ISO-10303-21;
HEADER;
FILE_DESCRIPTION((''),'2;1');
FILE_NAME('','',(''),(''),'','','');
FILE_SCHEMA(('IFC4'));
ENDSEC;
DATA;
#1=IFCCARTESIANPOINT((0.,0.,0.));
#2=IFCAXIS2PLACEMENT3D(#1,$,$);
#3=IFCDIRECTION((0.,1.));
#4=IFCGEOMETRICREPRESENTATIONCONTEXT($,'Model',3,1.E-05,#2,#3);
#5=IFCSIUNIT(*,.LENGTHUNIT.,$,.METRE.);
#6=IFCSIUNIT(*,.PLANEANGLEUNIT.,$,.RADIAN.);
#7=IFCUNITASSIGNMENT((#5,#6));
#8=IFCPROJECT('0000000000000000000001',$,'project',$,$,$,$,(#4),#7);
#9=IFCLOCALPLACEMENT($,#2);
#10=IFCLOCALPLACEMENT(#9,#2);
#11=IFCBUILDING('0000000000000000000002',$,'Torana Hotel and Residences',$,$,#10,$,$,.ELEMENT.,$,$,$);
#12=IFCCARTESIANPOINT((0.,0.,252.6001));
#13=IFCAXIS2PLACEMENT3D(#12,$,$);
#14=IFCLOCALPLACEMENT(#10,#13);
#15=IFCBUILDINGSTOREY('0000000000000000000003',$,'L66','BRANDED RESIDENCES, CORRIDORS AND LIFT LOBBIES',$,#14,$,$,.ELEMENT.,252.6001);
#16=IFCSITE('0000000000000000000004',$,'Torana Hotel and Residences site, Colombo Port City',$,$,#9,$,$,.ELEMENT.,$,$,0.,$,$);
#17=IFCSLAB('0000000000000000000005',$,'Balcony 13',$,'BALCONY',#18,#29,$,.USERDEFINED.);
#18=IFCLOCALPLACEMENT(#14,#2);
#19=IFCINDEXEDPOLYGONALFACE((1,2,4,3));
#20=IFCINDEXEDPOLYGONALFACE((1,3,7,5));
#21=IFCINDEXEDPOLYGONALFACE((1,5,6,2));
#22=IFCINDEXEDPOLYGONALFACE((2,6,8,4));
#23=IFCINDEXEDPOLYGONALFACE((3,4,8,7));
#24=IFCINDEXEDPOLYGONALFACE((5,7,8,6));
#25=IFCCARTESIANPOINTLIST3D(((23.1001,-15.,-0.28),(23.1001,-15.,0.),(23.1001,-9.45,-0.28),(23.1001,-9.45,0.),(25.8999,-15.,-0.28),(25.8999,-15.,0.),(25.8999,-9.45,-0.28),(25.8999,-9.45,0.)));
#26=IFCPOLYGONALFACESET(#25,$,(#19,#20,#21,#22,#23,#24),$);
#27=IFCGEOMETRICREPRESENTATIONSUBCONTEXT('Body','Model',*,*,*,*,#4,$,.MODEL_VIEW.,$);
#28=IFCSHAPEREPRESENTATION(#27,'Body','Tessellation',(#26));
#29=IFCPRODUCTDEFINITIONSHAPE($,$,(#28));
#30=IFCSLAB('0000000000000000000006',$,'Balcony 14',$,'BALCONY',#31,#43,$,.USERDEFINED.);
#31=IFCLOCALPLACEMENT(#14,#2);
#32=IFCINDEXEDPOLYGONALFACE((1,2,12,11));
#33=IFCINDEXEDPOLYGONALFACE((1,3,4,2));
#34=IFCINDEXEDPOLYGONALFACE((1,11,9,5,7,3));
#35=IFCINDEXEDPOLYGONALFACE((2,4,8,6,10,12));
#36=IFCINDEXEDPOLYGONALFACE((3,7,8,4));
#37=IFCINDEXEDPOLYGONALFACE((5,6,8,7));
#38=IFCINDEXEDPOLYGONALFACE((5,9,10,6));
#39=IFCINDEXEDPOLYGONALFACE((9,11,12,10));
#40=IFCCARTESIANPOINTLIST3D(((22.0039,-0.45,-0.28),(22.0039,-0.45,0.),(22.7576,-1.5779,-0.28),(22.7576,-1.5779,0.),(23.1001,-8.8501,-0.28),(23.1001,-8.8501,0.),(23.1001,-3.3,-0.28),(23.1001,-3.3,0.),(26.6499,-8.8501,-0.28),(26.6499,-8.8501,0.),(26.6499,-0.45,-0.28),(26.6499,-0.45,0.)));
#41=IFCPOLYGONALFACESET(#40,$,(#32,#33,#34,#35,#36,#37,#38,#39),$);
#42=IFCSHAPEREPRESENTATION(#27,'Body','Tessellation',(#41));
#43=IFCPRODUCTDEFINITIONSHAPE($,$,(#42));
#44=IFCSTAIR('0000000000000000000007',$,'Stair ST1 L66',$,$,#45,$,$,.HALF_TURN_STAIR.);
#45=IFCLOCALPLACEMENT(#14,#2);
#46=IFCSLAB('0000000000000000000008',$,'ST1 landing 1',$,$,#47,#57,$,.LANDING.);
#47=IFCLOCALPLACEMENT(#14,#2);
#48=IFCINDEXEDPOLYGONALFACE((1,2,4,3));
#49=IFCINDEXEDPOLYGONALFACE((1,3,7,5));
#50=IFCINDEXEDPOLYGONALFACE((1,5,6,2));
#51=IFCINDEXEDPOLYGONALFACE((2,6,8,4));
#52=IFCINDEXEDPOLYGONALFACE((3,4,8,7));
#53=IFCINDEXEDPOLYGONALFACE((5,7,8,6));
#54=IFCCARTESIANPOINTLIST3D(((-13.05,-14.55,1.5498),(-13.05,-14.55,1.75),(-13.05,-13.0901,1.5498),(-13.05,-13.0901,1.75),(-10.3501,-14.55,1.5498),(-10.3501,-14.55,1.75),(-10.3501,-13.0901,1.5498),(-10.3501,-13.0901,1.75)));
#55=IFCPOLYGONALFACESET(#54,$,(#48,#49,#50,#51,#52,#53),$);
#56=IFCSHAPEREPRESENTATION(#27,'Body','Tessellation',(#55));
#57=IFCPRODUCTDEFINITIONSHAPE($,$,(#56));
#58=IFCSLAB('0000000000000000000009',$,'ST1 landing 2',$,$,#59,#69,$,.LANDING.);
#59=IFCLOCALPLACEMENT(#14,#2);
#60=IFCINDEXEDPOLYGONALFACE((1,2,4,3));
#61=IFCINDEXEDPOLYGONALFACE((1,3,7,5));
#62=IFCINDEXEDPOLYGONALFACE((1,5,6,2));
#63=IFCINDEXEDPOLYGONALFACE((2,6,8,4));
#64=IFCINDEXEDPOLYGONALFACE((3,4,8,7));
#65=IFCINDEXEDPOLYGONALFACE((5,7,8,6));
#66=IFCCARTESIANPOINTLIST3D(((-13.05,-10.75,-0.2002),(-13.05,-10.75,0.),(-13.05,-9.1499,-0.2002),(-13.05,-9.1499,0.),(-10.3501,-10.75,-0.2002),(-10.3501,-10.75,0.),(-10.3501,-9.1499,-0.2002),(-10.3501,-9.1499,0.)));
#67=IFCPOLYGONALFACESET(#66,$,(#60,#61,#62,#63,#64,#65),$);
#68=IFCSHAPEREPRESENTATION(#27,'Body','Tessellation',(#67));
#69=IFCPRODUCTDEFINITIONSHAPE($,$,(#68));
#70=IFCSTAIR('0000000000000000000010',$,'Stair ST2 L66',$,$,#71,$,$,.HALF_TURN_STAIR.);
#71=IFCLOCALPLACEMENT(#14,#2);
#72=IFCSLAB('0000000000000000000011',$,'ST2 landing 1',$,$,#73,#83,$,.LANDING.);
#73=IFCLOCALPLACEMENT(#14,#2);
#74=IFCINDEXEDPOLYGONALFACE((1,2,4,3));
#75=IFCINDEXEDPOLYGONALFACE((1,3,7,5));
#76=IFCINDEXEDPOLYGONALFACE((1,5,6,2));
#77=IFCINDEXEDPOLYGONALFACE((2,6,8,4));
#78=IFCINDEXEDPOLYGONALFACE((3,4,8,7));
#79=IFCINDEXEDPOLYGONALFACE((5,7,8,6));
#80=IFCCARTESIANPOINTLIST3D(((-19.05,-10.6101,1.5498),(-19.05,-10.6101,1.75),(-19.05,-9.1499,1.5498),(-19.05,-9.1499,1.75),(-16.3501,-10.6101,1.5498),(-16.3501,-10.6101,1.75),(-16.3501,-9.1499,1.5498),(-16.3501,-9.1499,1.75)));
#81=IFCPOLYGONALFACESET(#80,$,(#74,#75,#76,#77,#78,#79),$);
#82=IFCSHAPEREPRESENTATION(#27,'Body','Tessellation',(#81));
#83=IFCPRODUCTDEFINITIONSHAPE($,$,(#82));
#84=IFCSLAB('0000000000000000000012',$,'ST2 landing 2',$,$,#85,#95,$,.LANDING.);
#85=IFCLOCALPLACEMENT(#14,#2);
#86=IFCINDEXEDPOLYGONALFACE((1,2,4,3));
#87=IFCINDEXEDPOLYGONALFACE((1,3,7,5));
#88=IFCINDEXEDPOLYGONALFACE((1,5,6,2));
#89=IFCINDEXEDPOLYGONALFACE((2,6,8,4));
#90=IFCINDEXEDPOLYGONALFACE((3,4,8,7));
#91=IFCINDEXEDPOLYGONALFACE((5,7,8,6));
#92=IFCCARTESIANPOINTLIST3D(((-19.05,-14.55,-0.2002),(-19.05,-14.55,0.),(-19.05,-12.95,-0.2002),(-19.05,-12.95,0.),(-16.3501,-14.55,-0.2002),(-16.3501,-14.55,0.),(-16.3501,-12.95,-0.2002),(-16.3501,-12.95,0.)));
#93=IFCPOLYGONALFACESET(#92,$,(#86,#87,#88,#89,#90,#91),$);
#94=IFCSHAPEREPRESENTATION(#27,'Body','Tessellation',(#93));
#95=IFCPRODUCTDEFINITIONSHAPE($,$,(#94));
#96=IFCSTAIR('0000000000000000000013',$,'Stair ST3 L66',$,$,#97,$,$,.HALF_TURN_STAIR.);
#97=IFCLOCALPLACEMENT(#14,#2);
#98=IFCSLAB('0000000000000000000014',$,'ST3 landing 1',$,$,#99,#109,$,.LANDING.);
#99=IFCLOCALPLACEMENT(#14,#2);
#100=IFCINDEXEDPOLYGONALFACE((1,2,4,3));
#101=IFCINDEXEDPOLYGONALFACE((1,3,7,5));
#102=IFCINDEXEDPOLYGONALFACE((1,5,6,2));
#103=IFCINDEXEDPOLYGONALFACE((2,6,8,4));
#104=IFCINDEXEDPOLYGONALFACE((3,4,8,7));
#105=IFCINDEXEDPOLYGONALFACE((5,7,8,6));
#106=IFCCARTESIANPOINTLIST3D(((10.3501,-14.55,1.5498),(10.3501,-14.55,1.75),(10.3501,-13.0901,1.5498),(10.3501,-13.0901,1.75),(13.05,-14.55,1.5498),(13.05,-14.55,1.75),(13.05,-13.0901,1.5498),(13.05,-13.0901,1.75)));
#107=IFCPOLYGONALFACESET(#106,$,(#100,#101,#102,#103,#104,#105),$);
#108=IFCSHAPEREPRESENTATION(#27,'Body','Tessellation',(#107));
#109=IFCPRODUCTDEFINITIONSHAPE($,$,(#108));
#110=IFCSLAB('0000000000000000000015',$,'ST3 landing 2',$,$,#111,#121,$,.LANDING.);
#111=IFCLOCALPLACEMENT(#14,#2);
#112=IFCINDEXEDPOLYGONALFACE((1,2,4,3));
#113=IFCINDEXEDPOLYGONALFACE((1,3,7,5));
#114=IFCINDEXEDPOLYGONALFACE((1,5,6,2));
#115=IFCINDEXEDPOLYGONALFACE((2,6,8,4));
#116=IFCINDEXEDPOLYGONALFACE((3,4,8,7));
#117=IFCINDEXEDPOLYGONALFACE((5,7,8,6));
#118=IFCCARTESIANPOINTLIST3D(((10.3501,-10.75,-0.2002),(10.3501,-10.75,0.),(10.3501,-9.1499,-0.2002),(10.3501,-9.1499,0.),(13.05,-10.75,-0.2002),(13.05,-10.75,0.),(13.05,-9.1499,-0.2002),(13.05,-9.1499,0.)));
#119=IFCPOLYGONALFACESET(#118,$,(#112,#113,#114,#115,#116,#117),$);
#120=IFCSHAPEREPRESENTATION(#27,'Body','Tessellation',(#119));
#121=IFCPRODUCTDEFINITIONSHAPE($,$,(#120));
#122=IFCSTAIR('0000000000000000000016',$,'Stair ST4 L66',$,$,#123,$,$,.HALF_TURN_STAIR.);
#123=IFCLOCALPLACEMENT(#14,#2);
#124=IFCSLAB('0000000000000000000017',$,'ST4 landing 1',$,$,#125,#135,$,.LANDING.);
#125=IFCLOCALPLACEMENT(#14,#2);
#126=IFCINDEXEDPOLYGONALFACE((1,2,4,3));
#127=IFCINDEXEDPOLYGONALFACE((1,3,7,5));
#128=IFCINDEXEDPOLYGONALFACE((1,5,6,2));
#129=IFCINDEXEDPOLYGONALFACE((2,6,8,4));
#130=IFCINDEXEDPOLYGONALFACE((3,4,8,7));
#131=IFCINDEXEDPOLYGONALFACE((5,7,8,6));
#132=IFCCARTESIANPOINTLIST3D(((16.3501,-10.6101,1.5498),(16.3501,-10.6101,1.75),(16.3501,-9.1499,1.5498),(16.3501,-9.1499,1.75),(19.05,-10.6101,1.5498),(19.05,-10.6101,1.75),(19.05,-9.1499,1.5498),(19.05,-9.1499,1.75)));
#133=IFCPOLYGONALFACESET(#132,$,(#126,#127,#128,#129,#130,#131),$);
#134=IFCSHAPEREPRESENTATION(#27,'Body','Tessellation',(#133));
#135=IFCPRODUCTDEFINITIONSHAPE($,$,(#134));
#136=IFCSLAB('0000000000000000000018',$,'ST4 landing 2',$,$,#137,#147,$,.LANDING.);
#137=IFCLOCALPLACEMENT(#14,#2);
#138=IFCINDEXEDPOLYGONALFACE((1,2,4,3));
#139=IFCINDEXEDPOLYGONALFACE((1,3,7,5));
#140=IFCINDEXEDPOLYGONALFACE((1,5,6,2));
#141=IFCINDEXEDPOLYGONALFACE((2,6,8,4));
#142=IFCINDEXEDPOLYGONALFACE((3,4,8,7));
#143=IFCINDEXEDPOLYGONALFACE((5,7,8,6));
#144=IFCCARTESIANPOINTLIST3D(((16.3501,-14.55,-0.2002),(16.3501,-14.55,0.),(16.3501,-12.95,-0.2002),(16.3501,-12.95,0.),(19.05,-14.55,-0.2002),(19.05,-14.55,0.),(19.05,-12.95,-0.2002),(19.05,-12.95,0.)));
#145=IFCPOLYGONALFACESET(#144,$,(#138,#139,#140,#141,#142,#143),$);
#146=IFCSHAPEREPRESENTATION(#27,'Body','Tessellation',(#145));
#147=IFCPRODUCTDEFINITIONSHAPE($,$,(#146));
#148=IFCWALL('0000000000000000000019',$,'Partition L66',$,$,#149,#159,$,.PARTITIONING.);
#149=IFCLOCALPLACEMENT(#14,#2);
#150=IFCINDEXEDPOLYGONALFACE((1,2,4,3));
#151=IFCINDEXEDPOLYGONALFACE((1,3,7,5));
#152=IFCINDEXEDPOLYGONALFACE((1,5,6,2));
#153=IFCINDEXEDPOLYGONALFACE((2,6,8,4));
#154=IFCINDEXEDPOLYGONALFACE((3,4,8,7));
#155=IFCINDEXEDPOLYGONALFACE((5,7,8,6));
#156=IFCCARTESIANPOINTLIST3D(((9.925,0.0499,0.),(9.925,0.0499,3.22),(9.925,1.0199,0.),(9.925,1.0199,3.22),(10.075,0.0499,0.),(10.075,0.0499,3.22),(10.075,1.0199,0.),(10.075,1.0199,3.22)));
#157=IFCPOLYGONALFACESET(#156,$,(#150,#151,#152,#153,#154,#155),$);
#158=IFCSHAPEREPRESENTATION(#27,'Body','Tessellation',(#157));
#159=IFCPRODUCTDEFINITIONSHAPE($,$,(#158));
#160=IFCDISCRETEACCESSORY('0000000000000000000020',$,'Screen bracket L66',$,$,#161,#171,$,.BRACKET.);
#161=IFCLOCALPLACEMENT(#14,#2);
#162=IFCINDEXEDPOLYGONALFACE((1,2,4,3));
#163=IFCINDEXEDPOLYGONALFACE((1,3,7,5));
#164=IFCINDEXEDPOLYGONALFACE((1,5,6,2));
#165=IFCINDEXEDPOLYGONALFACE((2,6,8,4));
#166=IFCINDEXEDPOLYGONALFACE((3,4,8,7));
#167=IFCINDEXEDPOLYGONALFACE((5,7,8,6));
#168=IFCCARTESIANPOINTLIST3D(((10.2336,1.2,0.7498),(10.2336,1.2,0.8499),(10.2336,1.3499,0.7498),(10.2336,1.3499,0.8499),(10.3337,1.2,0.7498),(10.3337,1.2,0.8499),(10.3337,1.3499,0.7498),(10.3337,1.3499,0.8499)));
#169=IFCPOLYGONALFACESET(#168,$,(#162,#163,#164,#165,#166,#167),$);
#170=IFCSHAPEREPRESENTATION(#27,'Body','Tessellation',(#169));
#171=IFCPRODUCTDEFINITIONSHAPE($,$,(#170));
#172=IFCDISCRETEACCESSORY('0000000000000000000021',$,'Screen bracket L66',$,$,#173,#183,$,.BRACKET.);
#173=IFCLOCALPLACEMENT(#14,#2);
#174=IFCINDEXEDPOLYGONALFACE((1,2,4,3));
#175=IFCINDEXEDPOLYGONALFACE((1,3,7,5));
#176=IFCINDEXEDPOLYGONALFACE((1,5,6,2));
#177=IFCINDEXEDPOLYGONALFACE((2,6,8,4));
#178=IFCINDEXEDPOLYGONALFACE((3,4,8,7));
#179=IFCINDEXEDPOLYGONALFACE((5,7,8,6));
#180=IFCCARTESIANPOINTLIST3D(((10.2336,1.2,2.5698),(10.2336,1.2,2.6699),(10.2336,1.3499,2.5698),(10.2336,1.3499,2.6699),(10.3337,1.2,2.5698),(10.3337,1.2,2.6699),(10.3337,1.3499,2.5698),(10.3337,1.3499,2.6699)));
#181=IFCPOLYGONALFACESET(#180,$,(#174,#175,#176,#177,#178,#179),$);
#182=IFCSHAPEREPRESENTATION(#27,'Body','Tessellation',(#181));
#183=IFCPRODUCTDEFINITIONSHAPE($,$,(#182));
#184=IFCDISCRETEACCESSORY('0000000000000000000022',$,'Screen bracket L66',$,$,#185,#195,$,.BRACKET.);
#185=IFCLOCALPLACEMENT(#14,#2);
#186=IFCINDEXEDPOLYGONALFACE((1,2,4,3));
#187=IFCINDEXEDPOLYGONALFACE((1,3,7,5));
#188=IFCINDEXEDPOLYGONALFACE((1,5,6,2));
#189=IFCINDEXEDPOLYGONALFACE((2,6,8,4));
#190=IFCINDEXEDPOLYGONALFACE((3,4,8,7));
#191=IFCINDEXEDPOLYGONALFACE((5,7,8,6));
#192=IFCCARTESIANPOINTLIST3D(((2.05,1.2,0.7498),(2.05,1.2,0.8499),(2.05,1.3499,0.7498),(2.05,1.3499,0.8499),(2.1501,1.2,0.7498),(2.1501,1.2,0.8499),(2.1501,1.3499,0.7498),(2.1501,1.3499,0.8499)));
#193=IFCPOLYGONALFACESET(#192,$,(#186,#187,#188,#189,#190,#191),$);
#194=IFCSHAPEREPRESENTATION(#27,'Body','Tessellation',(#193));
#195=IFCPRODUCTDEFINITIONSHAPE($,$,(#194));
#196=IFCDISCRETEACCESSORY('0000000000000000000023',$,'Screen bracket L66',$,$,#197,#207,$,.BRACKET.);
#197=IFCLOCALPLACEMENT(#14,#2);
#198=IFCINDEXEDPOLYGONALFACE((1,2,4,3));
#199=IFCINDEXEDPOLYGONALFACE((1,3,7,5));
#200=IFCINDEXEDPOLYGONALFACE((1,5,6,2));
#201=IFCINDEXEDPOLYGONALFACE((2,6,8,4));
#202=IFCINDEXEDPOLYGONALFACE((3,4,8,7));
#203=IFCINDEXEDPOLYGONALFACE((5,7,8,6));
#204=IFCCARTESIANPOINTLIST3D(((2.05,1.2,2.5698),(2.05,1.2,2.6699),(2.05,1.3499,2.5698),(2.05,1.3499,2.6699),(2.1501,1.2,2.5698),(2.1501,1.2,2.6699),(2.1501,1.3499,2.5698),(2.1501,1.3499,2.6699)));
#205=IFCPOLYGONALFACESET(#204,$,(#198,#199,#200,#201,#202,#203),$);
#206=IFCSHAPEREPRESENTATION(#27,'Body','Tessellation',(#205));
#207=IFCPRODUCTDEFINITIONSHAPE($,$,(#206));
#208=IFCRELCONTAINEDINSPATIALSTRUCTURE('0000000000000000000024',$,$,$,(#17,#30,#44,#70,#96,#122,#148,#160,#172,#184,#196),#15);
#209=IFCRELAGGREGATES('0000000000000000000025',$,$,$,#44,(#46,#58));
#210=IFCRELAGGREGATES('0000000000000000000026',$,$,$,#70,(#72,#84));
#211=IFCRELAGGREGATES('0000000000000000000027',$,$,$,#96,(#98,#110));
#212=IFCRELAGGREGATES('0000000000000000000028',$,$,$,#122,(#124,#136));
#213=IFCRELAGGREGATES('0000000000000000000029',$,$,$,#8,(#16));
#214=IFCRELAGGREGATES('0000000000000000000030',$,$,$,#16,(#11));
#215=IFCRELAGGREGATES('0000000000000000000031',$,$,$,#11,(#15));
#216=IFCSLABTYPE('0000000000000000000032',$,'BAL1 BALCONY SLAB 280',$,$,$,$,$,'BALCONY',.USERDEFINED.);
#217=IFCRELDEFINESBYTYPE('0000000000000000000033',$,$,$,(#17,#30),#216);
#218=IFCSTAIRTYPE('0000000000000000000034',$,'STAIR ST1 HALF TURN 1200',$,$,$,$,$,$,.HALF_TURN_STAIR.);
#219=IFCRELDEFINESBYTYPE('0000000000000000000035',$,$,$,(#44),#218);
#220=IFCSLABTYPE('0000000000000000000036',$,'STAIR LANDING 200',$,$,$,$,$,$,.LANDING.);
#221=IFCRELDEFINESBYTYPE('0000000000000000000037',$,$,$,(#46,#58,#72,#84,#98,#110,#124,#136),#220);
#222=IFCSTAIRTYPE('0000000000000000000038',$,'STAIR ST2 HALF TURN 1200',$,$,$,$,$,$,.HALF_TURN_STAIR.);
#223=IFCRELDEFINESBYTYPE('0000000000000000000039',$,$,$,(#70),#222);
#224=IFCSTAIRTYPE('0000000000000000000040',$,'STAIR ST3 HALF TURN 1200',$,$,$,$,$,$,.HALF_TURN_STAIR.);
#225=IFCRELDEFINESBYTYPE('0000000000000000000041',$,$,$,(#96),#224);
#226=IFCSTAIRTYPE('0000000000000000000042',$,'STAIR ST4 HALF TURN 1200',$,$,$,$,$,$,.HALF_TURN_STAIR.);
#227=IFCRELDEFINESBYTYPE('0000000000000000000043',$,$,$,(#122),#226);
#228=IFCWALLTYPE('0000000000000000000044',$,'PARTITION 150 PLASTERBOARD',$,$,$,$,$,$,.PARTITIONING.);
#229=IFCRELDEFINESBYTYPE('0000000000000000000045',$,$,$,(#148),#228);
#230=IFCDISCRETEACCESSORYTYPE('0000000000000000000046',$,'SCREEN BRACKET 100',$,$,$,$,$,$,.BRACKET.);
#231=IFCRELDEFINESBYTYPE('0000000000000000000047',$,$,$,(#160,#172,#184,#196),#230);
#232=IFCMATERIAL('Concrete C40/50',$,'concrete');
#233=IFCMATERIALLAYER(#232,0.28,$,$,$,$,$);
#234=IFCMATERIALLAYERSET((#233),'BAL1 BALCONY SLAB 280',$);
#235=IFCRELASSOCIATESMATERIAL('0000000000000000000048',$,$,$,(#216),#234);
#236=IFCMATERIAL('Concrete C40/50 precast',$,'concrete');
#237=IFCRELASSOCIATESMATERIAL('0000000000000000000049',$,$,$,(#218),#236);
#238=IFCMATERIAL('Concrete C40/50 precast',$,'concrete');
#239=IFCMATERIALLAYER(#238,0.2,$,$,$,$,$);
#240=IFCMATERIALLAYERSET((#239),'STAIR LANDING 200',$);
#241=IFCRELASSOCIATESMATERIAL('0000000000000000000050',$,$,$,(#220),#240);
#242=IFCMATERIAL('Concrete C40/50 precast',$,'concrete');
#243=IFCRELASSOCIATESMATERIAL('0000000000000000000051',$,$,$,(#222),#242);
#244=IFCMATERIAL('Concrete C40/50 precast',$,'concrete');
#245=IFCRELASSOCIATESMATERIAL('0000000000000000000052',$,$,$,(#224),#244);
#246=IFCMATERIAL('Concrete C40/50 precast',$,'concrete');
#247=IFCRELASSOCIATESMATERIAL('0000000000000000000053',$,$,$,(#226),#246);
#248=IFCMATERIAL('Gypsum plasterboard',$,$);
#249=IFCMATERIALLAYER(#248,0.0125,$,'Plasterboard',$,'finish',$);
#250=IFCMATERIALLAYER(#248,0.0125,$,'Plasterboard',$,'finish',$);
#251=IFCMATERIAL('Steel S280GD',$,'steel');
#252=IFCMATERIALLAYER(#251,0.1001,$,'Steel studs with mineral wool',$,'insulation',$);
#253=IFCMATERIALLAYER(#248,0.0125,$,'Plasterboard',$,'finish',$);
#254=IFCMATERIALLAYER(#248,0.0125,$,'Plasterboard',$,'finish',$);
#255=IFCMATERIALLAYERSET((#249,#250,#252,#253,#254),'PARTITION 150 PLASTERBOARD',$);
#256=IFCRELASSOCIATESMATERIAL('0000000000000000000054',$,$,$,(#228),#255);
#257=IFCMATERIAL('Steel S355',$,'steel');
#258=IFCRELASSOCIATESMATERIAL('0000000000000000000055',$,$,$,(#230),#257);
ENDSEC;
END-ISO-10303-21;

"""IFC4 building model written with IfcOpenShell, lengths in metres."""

from ifc_helpers import new_model, si_unit, direction, frame, frame_2d, origin, origin_2d, place, context, subcontext, project, spatial, polyline, rectangle, outline, extrude, material, layer, layer_set, type_object, element, aggregate, save


model = new_model("IFC4")

# Units and contexts
model_context = context("Model", 3, precision=1e-05, world=origin(), true_north=direction((0.0, 1.0)))
body_context = subcontext(model_context, "Body", "Model", "MODEL_VIEW")
ifc_project = project(units=[si_unit("LENGTHUNIT", "METRE"), si_unit("PLANEANGLEUNIT", "RADIAN")], contexts=[model_context])

# Site, building, storey
site_placement = place(None, origin())
site = spatial("IfcSite", under=ifc_project, at=site_placement, Name="Torana Hotel and Residences site, Colombo Port City", CompositionType="ELEMENT", RefElevation=0.0)
building_placement = place(site_placement, origin())
building = spatial("IfcBuilding", under=site, at=building_placement, Name="Torana Hotel and Residences", CompositionType="ELEMENT")
storey_placement = place(building_placement, frame((0.0, 0.0, 252.6001)))
storey = spatial("IfcBuildingStorey", under=building, at=storey_placement, Name="L66", Description="BRANDED RESIDENCES, CORRIDORS AND LIFT LOBBIES", CompositionType="ELEMENT", Elevation=252.6001)

# Slabs
ifc_material_1 = material(Name="Concrete C40/50", Category="concrete")
ifc_layer_1 = layer(ifc_material_1, 0.28)
ifc_layer_set_1 = layer_set([ifc_layer_1], Name="BAL1 BALCONY SLAB 280")
slab_type_1 = type_object("IfcSlabType", Name="BAL1 BALCONY SLAB 280", ElementType="BALCONY", PredefinedType="USERDEFINED", material=ifc_layer_set_1)
slab_1_placement = place(storey_placement, frame((0.0, 0.0, -0.28)))
element("IfcSlab", 1, at=slab_1_placement, inside=storey, type_object=slab_type_1, Name="Balcony 13", ObjectType="BALCONY", PredefinedType="USERDEFINED", context=body_context, shape_type="SweptSolid", body=[
    extrude(outline(polyline([(23.1001, -15.0), (25.8999, -15.0), (25.8999, -9.45), (23.1001, -9.45), (23.1001, -15.0)])), origin(), (0.0, 0.0, 1.0), 0.28),
])
slab_2_placement = place(storey_placement, frame((0.0, 0.0, -0.28)))
element("IfcSlab", 2, at=slab_2_placement, inside=storey, type_object=slab_type_1, Name="Balcony 14", ObjectType="BALCONY", PredefinedType="USERDEFINED", context=body_context, shape_type="SweptSolid", body=[
    extrude(outline(polyline([(23.1001, -8.8501), (26.6499, -8.8501), (26.6499, -0.45), (22.0039, -0.45), (22.7576, -1.5779), (23.1001, -3.3), (23.1001, -8.8501)])), origin(), (0.0, 0.0, 1.0), 0.28),
])

# Stairs, slabs
ifc_material_2 = material(Name="Concrete C40/50 precast", Category="concrete")
stair_type_1 = type_object("IfcStairType", Name="STAIR ST1 HALF TURN 1200", PredefinedType="HALF_TURN_STAIR", material=ifc_material_2)
stair_1_placement = place(storey_placement, origin())
stair_1 = element("IfcStair", 3, at=stair_1_placement, inside=storey, type_object=stair_type_1, Name="Stair ST1 L66", PredefinedType="HALF_TURN_STAIR")
ifc_material_3 = material(Name="Concrete C40/50 precast", Category="concrete")
ifc_layer_2 = layer(ifc_material_3, 0.2)
ifc_layer_set_2 = layer_set([ifc_layer_2], Name="STAIR LANDING 200")
slab_type_2 = type_object("IfcSlabType", Name="STAIR LANDING 200", PredefinedType="LANDING", material=ifc_layer_set_2)
slab_3_placement = place(storey_placement, frame((0.0, 0.0, 1.5498)))
slab_3 = element("IfcSlab", 4, at=slab_3_placement, type_object=slab_type_2, Name="ST1 landing 1", PredefinedType="LANDING", context=body_context, shape_type="SweptSolid", body=[
    extrude(outline(polyline([(-13.05, -14.55), (-10.3501, -14.55), (-10.3501, -13.0901), (-13.05, -13.0901), (-13.05, -14.55)])), origin(), (0.0, 0.0, 1.0), 0.2002),
])
slab_4_placement = place(storey_placement, frame((0.0, 0.0, -0.2002)))
slab_4 = element("IfcSlab", 5, at=slab_4_placement, type_object=slab_type_2, Name="ST1 landing 2", PredefinedType="LANDING", context=body_context, shape_type="SweptSolid", body=[
    extrude(outline(polyline([(-13.05, -10.75), (-10.3501, -10.75), (-10.3501, -9.1499), (-13.05, -9.1499), (-13.05, -10.75)])), origin(), (0.0, 0.0, 1.0), 0.2002),
])
aggregate(stair_1, [slab_3, slab_4])
ifc_material_4 = material(Name="Concrete C40/50 precast", Category="concrete")
stair_type_2 = type_object("IfcStairType", Name="STAIR ST2 HALF TURN 1200", PredefinedType="HALF_TURN_STAIR", material=ifc_material_4)
stair_2_placement = place(storey_placement, origin())
stair_2 = element("IfcStair", 6, at=stair_2_placement, inside=storey, type_object=stair_type_2, Name="Stair ST2 L66", PredefinedType="HALF_TURN_STAIR")
slab_5_placement = place(storey_placement, frame((0.0, 0.0, 1.5498)))
slab_5 = element("IfcSlab", 7, at=slab_5_placement, type_object=slab_type_2, Name="ST2 landing 1", PredefinedType="LANDING", context=body_context, shape_type="SweptSolid", body=[
    extrude(outline(polyline([(-19.05, -10.6101), (-16.3501, -10.6101), (-16.3501, -9.1499), (-19.05, -9.1499), (-19.05, -10.6101)])), origin(), (0.0, 0.0, 1.0), 0.2002),
])
slab_6_placement = place(storey_placement, frame((0.0, 0.0, -0.2002)))
slab_6 = element("IfcSlab", 8, at=slab_6_placement, type_object=slab_type_2, Name="ST2 landing 2", PredefinedType="LANDING", context=body_context, shape_type="SweptSolid", body=[
    extrude(outline(polyline([(-19.05, -14.55), (-16.3501, -14.55), (-16.3501, -12.95), (-19.05, -12.95), (-19.05, -14.55)])), origin(), (0.0, 0.0, 1.0), 0.2002),
])
aggregate(stair_2, [slab_5, slab_6])
ifc_material_5 = material(Name="Concrete C40/50 precast", Category="concrete")
stair_type_3 = type_object("IfcStairType", Name="STAIR ST3 HALF TURN 1200", PredefinedType="HALF_TURN_STAIR", material=ifc_material_5)
stair_3_placement = place(storey_placement, origin())
stair_3 = element("IfcStair", 9, at=stair_3_placement, inside=storey, type_object=stair_type_3, Name="Stair ST3 L66", PredefinedType="HALF_TURN_STAIR")
slab_7_placement = place(storey_placement, frame((0.0, 0.0, 1.5498)))
slab_7 = element("IfcSlab", 10, at=slab_7_placement, type_object=slab_type_2, Name="ST3 landing 1", PredefinedType="LANDING", context=body_context, shape_type="SweptSolid", body=[
    extrude(outline(polyline([(10.3501, -14.55), (13.05, -14.55), (13.05, -13.0901), (10.3501, -13.0901), (10.3501, -14.55)])), origin(), (0.0, 0.0, 1.0), 0.2002),
])
slab_8_placement = place(storey_placement, frame((0.0, 0.0, -0.2002)))
slab_8 = element("IfcSlab", 11, at=slab_8_placement, type_object=slab_type_2, Name="ST3 landing 2", PredefinedType="LANDING", context=body_context, shape_type="SweptSolid", body=[
    extrude(outline(polyline([(10.3501, -10.75), (13.05, -10.75), (13.05, -9.1499), (10.3501, -9.1499), (10.3501, -10.75)])), origin(), (0.0, 0.0, 1.0), 0.2002),
])
aggregate(stair_3, [slab_7, slab_8])
ifc_material_6 = material(Name="Concrete C40/50 precast", Category="concrete")
stair_type_4 = type_object("IfcStairType", Name="STAIR ST4 HALF TURN 1200", PredefinedType="HALF_TURN_STAIR", material=ifc_material_6)
stair_4_placement = place(storey_placement, origin())
stair_4 = element("IfcStair", 12, at=stair_4_placement, inside=storey, type_object=stair_type_4, Name="Stair ST4 L66", PredefinedType="HALF_TURN_STAIR")
slab_9_placement = place(storey_placement, frame((0.0, 0.0, 1.5498)))
slab_9 = element("IfcSlab", 13, at=slab_9_placement, type_object=slab_type_2, Name="ST4 landing 1", PredefinedType="LANDING", context=body_context, shape_type="SweptSolid", body=[
    extrude(outline(polyline([(16.3501, -10.6101), (19.05, -10.6101), (19.05, -9.1499), (16.3501, -9.1499), (16.3501, -10.6101)])), origin(), (0.0, 0.0, 1.0), 0.2002),
])
slab_10_placement = place(storey_placement, frame((0.0, 0.0, -0.2002)))
slab_10 = element("IfcSlab", 14, at=slab_10_placement, type_object=slab_type_2, Name="ST4 landing 2", PredefinedType="LANDING", context=body_context, shape_type="SweptSolid", body=[
    extrude(outline(polyline([(16.3501, -14.55), (19.05, -14.55), (19.05, -12.95), (16.3501, -12.95), (16.3501, -14.55)])), origin(), (0.0, 0.0, 1.0), 0.2002),
])
aggregate(stair_4, [slab_9, slab_10])

# Wall
ifc_material_7 = material(Name="Gypsum plasterboard")
ifc_layer_3 = layer(ifc_material_7, 0.0125, Name="Plasterboard", Category="finish")
ifc_layer_4 = layer(ifc_material_7, 0.0125, Name="Plasterboard", Category="finish")
ifc_material_8 = material(Name="Steel S280GD", Category="steel")
ifc_layer_5 = layer(ifc_material_8, 0.1001, Name="Steel studs with mineral wool", Category="insulation")
ifc_layer_6 = layer(ifc_material_7, 0.0125, Name="Plasterboard", Category="finish")
ifc_layer_7 = layer(ifc_material_7, 0.0125, Name="Plasterboard", Category="finish")
ifc_layer_set_3 = layer_set([ifc_layer_3, ifc_layer_4, ifc_layer_5, ifc_layer_6, ifc_layer_7], Name="PARTITION 150 PLASTERBOARD")
wall_type = type_object("IfcWallType", Name="PARTITION 150 PLASTERBOARD", PredefinedType="PARTITIONING", material=ifc_layer_set_3)
wall_placement = place(storey_placement, frame((10.0, 0.05, 0.0), z_axis=(0.0, 0.0, 1.0), x_axis=(0.0, 1.0, 0.0)))
element("IfcWall", 15, at=wall_placement, inside=storey, type_object=wall_type, Name="Partition L66", PredefinedType="PARTITIONING", context=body_context, shape_type="SweptSolid", body=[
    extrude(rectangle(XDim=0.97, YDim=0.1499, at=frame_2d((0.4849, 0.0))), origin(), (0.0, 0.0, 1.0), 3.22),
])

# Discrete accessories
ifc_material_9 = material(Name="Steel S355", Category="steel")
discrete_accessory_type = type_object("IfcDiscreteAccessoryType", Name="SCREEN BRACKET 100", PredefinedType="BRACKET", material=ifc_material_9)
for number, where, z_axis, x_axis, name in (
    (16, (10.2837, 1.2749, 0.7498), (0.0, 0.0, 1.0), (-1.0, 0.0, 0.0), "Screen bracket L66"),
    (17, (10.2837, 1.2749, 2.5698), (0.0, 0.0, 1.0), (-1.0, 0.0, 0.0), "Screen bracket L66"),
    (18, (2.1001, 1.2749, 0.7498), (0.0, 0.0, 1.0), (-1.0, 0.0, 0.0), "Screen bracket L66"),
    (19, (2.1001, 1.2749, 2.5698), (0.0, 0.0, 1.0), (-1.0, 0.0, 0.0), "Screen bracket L66"),
):
    element("IfcDiscreteAccessory", number, at=place(storey_placement, frame(where, z_axis=z_axis, x_axis=x_axis)), inside=storey, type_object=discrete_accessory_type, Name=name, PredefinedType="BRACKET", context=body_context, shape_type="SweptSolid", body=[
        extrude(rectangle(XDim=0.1001, YDim=0.1499, at=origin_2d()), origin(), (0.0, 0.0, 1.0), 0.1001),
    ])

save(model, "model.ifc")
